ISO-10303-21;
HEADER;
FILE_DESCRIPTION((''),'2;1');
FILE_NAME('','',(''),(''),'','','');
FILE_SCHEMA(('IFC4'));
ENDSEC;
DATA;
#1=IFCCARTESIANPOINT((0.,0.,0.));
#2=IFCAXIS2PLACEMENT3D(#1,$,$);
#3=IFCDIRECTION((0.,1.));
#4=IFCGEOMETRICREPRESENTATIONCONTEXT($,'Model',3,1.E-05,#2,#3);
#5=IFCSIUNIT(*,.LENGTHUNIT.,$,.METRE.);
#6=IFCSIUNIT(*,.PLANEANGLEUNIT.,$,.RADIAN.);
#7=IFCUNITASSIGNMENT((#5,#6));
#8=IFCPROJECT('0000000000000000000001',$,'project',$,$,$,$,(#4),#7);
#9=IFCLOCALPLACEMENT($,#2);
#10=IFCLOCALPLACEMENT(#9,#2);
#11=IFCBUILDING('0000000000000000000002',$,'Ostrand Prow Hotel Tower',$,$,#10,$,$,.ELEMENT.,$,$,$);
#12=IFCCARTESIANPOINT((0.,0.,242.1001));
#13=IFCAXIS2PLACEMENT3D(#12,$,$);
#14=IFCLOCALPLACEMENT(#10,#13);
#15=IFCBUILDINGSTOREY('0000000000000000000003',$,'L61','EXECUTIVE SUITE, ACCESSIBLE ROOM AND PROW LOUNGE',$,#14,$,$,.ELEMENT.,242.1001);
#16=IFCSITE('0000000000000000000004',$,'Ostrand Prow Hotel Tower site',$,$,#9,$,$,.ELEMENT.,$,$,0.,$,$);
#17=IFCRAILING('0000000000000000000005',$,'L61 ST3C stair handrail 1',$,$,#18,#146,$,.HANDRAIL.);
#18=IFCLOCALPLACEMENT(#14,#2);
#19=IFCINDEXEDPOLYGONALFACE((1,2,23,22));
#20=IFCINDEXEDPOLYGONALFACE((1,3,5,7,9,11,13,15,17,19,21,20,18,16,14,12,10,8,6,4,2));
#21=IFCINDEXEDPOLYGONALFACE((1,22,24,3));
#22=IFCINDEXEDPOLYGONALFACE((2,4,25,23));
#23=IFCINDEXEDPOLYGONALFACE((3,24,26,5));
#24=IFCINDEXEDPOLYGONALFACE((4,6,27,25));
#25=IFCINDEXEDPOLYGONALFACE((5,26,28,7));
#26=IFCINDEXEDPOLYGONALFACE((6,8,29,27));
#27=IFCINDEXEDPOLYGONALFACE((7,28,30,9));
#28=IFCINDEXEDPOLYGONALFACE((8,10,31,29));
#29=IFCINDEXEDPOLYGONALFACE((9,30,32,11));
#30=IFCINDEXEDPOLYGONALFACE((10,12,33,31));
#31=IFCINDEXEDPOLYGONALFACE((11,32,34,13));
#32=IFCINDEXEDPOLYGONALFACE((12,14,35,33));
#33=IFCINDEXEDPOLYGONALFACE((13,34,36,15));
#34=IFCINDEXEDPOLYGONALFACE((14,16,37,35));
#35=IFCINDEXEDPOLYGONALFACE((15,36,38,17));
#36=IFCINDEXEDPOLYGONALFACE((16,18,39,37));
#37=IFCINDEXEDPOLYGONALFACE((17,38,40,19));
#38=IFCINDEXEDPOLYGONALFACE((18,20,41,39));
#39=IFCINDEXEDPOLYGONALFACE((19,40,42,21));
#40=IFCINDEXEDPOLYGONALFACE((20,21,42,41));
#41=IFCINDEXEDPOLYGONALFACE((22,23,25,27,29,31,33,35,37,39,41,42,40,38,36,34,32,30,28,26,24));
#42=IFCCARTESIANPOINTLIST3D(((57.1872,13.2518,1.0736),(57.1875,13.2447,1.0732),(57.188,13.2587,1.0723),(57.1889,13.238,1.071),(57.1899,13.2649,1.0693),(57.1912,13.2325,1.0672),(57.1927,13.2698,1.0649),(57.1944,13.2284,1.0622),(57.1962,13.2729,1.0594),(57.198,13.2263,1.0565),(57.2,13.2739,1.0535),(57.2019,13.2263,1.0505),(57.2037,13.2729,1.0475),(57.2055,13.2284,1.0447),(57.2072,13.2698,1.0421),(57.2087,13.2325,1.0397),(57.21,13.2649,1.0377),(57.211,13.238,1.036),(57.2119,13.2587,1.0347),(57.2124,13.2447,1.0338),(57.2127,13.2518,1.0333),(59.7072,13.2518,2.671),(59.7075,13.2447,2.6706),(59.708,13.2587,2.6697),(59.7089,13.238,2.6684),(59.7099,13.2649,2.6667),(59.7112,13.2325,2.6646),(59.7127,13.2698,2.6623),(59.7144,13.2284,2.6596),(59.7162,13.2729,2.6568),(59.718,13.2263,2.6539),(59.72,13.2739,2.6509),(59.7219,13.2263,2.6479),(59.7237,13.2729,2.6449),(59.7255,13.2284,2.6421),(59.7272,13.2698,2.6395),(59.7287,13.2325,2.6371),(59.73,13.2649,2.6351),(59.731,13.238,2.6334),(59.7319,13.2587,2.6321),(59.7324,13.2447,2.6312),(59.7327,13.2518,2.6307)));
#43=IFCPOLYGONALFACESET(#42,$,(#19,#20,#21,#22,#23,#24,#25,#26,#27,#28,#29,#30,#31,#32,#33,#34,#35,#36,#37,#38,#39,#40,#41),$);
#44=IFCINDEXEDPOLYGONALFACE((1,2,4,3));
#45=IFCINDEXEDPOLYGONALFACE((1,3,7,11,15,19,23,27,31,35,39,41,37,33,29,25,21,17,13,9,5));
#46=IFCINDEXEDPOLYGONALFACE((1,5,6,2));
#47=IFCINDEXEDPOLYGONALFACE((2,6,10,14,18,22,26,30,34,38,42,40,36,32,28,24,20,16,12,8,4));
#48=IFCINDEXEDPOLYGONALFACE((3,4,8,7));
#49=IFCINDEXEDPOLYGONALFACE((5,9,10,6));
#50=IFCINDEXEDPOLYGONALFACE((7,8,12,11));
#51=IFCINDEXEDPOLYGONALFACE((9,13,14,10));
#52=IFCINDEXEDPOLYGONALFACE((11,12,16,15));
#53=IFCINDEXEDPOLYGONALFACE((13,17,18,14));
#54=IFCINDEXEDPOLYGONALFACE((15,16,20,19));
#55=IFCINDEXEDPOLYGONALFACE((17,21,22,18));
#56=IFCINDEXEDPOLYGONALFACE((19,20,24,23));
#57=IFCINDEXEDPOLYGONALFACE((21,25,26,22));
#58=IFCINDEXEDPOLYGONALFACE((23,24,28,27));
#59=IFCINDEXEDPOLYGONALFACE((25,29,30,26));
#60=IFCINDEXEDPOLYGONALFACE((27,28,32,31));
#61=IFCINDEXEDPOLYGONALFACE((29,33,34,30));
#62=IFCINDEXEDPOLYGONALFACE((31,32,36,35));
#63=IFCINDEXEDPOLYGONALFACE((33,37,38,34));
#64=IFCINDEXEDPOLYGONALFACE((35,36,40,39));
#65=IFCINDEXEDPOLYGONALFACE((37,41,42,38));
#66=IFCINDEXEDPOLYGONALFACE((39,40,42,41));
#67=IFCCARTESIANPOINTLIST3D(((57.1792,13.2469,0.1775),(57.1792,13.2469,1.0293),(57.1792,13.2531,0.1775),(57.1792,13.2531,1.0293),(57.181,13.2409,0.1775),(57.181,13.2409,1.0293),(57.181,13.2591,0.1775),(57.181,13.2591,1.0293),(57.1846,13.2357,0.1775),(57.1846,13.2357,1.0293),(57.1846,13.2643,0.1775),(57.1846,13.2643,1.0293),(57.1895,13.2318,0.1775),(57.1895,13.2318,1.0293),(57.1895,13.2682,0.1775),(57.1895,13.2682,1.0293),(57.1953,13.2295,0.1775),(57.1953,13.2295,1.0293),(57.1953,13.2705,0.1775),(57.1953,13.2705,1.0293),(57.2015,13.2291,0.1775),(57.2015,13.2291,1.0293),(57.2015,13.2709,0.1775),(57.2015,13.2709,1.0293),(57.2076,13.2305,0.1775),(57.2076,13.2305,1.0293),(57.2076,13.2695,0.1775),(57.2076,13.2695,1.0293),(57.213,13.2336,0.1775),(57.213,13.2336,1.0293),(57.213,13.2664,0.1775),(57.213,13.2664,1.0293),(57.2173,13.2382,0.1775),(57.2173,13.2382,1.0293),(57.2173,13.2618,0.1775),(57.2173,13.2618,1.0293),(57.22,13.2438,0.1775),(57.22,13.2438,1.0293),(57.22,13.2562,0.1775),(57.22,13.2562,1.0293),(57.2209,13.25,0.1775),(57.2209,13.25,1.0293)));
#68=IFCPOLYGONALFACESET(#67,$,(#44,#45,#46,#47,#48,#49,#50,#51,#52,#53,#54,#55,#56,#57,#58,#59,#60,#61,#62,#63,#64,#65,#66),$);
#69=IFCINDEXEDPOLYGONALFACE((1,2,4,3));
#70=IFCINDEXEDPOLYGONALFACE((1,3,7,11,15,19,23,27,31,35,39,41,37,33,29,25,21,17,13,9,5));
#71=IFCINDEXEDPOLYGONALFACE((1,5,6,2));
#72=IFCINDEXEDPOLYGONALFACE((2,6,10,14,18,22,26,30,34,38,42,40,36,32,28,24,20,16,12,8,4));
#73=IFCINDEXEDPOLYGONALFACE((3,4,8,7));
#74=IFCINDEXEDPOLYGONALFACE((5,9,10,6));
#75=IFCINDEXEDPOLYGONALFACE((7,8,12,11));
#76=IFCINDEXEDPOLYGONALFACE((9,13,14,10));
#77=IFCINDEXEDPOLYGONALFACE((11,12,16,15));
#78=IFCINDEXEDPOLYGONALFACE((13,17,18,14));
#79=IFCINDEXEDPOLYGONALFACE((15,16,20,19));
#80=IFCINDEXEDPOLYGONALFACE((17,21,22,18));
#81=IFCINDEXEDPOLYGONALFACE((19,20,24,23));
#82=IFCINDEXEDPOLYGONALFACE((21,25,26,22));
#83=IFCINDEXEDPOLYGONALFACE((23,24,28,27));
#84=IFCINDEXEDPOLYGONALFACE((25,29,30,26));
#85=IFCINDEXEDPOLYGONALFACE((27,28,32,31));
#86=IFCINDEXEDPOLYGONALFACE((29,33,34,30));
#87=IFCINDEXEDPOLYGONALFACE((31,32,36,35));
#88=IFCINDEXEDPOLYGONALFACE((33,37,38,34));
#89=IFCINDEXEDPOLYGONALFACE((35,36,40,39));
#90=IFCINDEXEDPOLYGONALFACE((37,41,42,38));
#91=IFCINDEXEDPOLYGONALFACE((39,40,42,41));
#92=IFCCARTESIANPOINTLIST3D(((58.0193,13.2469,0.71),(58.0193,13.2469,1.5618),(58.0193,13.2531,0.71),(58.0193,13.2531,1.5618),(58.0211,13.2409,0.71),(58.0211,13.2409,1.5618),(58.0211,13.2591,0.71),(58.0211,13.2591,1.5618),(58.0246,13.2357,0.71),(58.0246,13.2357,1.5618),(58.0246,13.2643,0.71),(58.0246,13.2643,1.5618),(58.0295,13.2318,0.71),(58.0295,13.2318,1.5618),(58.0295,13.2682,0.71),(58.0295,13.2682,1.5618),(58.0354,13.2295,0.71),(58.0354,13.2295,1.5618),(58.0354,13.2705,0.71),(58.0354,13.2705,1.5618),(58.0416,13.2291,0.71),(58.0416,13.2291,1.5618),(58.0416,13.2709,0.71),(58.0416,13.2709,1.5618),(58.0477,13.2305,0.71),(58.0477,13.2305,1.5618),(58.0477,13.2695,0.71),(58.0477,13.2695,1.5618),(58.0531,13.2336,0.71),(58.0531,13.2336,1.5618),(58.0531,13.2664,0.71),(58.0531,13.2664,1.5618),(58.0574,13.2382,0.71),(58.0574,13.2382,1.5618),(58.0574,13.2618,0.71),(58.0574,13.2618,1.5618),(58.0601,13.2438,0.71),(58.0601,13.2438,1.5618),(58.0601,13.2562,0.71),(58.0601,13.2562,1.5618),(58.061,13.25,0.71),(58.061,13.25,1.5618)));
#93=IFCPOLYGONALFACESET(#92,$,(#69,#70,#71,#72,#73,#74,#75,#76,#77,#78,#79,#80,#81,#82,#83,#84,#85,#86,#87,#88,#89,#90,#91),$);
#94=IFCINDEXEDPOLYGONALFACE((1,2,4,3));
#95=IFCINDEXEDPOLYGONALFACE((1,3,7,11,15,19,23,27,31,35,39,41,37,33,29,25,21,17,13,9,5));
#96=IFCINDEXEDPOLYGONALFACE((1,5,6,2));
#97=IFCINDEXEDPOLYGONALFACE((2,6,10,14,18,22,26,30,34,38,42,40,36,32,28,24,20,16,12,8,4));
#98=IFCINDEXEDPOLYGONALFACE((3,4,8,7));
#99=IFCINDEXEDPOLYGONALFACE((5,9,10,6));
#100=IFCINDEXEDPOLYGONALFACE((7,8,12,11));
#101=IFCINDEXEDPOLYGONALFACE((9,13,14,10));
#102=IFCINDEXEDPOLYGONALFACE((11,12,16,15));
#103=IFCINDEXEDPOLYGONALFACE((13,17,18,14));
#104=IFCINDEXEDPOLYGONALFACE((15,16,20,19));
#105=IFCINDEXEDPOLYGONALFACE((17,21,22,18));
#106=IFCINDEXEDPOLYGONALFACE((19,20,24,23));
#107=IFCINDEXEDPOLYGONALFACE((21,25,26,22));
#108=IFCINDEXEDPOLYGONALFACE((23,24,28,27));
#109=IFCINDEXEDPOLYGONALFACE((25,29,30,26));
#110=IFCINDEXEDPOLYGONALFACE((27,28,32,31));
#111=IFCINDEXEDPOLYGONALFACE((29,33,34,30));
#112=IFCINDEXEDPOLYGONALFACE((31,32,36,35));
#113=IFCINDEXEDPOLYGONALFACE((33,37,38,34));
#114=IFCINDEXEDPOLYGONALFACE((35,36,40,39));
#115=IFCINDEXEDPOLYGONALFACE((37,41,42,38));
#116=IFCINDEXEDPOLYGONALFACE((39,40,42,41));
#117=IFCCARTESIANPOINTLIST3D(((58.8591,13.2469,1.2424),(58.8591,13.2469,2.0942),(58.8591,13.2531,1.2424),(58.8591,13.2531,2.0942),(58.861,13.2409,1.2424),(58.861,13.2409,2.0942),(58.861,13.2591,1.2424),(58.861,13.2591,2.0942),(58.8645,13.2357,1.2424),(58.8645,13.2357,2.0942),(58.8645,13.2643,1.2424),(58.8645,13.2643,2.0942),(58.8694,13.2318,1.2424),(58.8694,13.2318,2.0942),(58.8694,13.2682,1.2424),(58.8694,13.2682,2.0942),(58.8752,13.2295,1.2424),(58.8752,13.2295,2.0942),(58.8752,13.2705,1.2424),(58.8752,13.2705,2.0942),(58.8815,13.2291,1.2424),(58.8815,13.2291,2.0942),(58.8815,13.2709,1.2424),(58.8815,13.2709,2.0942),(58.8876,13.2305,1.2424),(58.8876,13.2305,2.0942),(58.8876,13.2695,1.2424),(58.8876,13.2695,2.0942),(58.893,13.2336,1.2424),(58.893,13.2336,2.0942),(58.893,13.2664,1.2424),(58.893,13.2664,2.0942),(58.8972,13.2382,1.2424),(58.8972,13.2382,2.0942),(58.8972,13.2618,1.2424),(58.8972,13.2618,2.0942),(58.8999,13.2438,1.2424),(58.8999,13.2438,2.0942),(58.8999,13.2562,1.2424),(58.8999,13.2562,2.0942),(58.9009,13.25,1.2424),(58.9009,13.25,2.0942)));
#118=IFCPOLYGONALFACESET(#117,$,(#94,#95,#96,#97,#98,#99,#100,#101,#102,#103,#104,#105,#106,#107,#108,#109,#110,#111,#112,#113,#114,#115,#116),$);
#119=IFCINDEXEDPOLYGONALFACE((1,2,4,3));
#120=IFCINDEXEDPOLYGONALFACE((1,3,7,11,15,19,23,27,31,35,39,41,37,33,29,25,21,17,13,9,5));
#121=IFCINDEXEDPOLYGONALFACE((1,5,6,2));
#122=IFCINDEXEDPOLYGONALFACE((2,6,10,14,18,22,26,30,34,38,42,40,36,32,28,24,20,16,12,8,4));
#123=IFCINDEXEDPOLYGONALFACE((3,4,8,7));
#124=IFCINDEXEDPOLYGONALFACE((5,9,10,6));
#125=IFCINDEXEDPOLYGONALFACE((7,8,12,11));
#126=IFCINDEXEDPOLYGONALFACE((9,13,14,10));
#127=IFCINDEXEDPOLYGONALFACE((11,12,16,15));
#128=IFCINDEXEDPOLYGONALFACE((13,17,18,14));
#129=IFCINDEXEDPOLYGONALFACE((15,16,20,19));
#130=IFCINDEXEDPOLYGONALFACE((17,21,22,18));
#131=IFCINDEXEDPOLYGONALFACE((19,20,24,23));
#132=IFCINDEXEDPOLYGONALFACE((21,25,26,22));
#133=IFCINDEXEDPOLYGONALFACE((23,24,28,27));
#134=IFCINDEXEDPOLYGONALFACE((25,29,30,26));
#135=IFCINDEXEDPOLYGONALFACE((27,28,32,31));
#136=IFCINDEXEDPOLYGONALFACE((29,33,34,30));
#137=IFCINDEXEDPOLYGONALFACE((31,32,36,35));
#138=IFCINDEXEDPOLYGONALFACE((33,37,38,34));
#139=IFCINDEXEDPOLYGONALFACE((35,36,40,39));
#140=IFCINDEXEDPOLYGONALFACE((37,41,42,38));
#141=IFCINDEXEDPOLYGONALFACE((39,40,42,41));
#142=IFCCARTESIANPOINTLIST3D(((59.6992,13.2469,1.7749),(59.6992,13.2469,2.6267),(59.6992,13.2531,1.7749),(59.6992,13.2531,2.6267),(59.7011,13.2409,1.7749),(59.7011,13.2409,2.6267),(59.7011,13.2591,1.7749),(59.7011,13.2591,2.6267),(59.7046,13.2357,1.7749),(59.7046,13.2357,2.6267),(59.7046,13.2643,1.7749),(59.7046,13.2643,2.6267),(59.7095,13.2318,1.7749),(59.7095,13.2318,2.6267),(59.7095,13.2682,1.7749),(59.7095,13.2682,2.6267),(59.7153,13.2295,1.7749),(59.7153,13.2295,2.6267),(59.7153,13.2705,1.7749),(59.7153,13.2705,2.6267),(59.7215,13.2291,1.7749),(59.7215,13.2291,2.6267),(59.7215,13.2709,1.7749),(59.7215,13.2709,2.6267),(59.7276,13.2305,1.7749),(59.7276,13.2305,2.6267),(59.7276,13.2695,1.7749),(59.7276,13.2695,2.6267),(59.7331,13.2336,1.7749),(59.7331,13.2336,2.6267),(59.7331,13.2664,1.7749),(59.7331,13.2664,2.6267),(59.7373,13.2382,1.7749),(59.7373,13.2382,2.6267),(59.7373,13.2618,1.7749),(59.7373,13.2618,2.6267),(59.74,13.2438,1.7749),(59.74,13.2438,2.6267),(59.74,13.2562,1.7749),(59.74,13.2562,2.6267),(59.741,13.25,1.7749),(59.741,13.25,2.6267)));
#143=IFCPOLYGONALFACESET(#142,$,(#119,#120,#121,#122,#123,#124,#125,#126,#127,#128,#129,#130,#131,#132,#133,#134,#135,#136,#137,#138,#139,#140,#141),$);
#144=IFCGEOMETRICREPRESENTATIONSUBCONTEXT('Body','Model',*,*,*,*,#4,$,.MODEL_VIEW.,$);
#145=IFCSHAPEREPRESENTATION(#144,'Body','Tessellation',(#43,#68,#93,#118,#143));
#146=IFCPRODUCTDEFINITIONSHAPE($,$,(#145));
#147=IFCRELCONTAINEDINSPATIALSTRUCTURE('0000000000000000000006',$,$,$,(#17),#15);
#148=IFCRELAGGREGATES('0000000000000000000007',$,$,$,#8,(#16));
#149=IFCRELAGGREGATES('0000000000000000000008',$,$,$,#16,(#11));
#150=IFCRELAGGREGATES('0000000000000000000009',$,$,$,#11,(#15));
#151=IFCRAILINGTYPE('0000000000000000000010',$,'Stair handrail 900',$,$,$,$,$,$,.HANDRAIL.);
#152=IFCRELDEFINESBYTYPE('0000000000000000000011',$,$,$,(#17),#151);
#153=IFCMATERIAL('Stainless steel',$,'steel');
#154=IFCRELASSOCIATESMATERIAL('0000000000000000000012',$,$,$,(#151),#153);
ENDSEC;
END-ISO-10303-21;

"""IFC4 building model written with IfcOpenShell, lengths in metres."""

from ifc_helpers import new_model, si_unit, direction, frame, origin, origin_2d, place, context, subcontext, project, spatial, circle, extrude, material, type_object, element, save


model = new_model("IFC4")

# Units and contexts
model_context = context("Model", 3, precision=1e-05, world=origin(), true_north=direction((0.0, 1.0)))
body_context = subcontext(model_context, "Body", "Model", "MODEL_VIEW")
ifc_project = project(units=[si_unit("LENGTHUNIT", "METRE"), si_unit("PLANEANGLEUNIT", "RADIAN")], contexts=[model_context])

# Site, building, storey
site_placement = place(None, origin())
site = spatial("IfcSite", under=ifc_project, at=site_placement, Name="Ostrand Prow Hotel Tower site", CompositionType="ELEMENT", RefElevation=0.0)
building_placement = place(site_placement, origin())
building = spatial("IfcBuilding", under=site, at=building_placement, Name="Ostrand Prow Hotel Tower", CompositionType="ELEMENT")
storey_placement = place(building_placement, frame((0.0, 0.0, 242.1001)))
storey = spatial("IfcBuildingStorey", under=building, at=storey_placement, Name="L61", Description="EXECUTIVE SUITE, ACCESSIBLE ROOM AND PROW LOUNGE", CompositionType="ELEMENT", Elevation=242.1001)

# Railing
ifc_material_1 = material(Name="Stainless steel", Category="steel")
railing_type_1 = type_object("IfcRailingType", Name="Stair handrail 900", PredefinedType="HANDRAIL", material=ifc_material_1)
railing_1_placement = place(storey_placement, frame((57.2, 13.25, 0.1775)))
element("IfcRailing", 1, at=railing_1_placement, inside=storey, type_object=railing_type_1, Name="L61 ST3C stair handrail 1", PredefinedType="HANDRAIL", context=body_context, shape_type="SweptSolid", body=[
    extrude(circle(Radius=0.0239, at=origin_2d()), frame((0.0, 0.0, 0.876), z_axis=(0.844607, 0.0, 0.535387), x_axis=(0.0, 1.0, 0.0)), (0.0, 0.0, 1.0), 2.9836),
    extrude(circle(Radius=0.021, at=origin_2d()), origin(), (0.0, 0.0, 1.0), 0.8518),
    extrude(circle(Radius=0.021, at=origin_2d()), frame((0.8401, 0.0, 0.5325)), (0.0, 0.0, 1.0), 0.8518),
    extrude(circle(Radius=0.021, at=origin_2d()), frame((1.6799, 0.0, 1.0649)), (0.0, 0.0, 1.0), 0.8518),
    extrude(circle(Radius=0.021, at=origin_2d()), frame((2.52, 0.0, 1.5974)), (0.0, 0.0, 1.0), 0.8518),
])

save(model, "model.ifc")
